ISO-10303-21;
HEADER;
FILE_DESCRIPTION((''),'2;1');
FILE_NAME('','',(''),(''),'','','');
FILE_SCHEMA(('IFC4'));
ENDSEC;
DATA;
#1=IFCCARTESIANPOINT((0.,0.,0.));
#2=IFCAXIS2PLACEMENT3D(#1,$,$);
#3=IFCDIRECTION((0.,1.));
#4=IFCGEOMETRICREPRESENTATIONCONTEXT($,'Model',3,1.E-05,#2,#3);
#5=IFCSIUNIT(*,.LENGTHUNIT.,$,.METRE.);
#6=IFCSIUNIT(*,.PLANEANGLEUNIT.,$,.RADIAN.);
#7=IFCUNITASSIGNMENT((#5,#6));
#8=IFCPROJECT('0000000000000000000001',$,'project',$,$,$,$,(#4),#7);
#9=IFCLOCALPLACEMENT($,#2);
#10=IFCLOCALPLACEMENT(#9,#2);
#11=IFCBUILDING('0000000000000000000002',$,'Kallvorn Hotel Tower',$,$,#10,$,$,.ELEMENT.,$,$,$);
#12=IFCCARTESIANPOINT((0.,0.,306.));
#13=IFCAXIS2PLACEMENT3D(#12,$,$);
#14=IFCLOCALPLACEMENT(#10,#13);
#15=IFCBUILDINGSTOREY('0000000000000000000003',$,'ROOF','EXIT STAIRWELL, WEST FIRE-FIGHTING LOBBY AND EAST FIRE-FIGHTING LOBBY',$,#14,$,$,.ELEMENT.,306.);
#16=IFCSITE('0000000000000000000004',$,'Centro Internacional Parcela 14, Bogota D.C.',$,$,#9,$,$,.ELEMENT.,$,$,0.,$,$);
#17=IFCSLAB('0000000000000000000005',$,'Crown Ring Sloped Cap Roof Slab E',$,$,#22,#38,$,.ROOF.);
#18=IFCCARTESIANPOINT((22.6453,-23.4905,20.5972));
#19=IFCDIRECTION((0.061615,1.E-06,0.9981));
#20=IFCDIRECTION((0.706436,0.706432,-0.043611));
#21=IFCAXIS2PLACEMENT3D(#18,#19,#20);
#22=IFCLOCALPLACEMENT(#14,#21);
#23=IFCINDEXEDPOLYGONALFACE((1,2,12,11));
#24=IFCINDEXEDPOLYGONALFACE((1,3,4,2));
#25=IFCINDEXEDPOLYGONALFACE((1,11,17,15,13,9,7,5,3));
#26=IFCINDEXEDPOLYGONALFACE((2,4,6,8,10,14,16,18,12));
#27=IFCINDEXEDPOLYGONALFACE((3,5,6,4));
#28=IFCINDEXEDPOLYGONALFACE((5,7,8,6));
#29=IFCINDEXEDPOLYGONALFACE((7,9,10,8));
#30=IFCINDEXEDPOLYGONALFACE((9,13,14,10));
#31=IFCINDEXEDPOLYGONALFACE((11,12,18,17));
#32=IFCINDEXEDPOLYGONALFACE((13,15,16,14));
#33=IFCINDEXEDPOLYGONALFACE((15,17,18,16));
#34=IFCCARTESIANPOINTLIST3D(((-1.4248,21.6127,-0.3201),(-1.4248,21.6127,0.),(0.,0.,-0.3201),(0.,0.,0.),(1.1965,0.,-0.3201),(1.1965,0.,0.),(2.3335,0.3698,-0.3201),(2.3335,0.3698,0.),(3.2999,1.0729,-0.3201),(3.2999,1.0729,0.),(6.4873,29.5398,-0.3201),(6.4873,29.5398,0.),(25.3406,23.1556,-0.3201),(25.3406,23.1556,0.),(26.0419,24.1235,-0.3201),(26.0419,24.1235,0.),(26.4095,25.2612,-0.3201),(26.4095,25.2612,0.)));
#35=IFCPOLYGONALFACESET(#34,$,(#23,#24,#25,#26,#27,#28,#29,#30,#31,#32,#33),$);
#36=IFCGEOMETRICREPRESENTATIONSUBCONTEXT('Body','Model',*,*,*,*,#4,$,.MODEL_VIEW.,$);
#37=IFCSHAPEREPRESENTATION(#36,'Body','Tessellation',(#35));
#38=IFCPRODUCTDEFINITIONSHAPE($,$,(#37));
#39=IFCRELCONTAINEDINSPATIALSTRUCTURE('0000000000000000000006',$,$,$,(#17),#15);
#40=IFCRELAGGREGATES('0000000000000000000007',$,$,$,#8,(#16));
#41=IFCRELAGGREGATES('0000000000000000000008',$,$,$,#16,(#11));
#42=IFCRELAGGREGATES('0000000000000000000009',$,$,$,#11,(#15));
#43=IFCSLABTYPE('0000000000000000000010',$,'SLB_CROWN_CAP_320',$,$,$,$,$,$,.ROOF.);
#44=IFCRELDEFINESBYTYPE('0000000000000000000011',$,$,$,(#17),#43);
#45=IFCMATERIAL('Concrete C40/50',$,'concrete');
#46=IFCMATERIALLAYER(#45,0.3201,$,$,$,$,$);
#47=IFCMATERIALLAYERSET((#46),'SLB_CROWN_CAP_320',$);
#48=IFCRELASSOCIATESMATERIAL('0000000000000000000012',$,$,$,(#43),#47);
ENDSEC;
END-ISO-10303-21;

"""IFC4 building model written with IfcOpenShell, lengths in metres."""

from ifc_helpers import new_model, si_unit, direction, frame, origin, place, context, subcontext, project, spatial, polyline, outline, extrude, material, layer, layer_set, type_object, element, save


model = new_model("IFC4")

# Units and contexts
model_context = context("Model", 3, precision=1e-05, world=origin(), true_north=direction((0.0, 1.0)))
body_context = subcontext(model_context, "Body", "Model", "MODEL_VIEW")
ifc_project = project(units=[si_unit("LENGTHUNIT", "METRE"), si_unit("PLANEANGLEUNIT", "RADIAN")], contexts=[model_context])

# Site, building, storey
site_placement = place(None, origin())
site = spatial("IfcSite", under=ifc_project, at=site_placement, Name="Centro Internacional Parcela 14, Bogota D.C.", CompositionType="ELEMENT", RefElevation=0.0)
building_placement = place(site_placement, origin())
building = spatial("IfcBuilding", under=site, at=building_placement, Name="Kallvorn Hotel Tower", CompositionType="ELEMENT")
storey_placement = place(building_placement, frame((0.0, 0.0, 306.0)))
storey = spatial("IfcBuildingStorey", under=building, at=storey_placement, Name="ROOF", Description="EXIT STAIRWELL, WEST FIRE-FIGHTING LOBBY AND EAST FIRE-FIGHTING LOBBY", CompositionType="ELEMENT", Elevation=306.0)

# Slab
ifc_material_1 = material(Name="Concrete C40/50", Category="concrete")
ifc_layer_1 = layer(ifc_material_1, 0.3201)
ifc_layer_set_1 = layer_set([ifc_layer_1], Name="SLB_CROWN_CAP_320")
slab_type = type_object("IfcSlabType", Name="SLB_CROWN_CAP_320", PredefinedType="ROOF", material=ifc_layer_set_1)
slab_placement = place(storey_placement, frame((22.6453, -23.4905, 20.5972), z_axis=(0.061615, 0.000001, 0.9981), x_axis=(0.706436, 0.706432, -0.043611)))
element("IfcSlab", 1, at=slab_placement, inside=storey, type_object=slab_type, Name="Crown Ring Sloped Cap Roof Slab E", PredefinedType="ROOF", context=body_context, shape_type="SweptSolid", body=[
    extrude(outline(polyline([(0.0, 0.0), (1.1965, 0.0), (2.3335, 0.3698), (3.2999, 1.0729), (25.3406, 23.1556), (26.0419, 24.1235), (26.4095, 25.2612), (6.4873, 29.5398), (-1.4248, 21.6127), (0.0, 0.0)])), origin(), (0.0, 0.0, -1.0), 0.3201),
])

save(model, "model.ifc")
